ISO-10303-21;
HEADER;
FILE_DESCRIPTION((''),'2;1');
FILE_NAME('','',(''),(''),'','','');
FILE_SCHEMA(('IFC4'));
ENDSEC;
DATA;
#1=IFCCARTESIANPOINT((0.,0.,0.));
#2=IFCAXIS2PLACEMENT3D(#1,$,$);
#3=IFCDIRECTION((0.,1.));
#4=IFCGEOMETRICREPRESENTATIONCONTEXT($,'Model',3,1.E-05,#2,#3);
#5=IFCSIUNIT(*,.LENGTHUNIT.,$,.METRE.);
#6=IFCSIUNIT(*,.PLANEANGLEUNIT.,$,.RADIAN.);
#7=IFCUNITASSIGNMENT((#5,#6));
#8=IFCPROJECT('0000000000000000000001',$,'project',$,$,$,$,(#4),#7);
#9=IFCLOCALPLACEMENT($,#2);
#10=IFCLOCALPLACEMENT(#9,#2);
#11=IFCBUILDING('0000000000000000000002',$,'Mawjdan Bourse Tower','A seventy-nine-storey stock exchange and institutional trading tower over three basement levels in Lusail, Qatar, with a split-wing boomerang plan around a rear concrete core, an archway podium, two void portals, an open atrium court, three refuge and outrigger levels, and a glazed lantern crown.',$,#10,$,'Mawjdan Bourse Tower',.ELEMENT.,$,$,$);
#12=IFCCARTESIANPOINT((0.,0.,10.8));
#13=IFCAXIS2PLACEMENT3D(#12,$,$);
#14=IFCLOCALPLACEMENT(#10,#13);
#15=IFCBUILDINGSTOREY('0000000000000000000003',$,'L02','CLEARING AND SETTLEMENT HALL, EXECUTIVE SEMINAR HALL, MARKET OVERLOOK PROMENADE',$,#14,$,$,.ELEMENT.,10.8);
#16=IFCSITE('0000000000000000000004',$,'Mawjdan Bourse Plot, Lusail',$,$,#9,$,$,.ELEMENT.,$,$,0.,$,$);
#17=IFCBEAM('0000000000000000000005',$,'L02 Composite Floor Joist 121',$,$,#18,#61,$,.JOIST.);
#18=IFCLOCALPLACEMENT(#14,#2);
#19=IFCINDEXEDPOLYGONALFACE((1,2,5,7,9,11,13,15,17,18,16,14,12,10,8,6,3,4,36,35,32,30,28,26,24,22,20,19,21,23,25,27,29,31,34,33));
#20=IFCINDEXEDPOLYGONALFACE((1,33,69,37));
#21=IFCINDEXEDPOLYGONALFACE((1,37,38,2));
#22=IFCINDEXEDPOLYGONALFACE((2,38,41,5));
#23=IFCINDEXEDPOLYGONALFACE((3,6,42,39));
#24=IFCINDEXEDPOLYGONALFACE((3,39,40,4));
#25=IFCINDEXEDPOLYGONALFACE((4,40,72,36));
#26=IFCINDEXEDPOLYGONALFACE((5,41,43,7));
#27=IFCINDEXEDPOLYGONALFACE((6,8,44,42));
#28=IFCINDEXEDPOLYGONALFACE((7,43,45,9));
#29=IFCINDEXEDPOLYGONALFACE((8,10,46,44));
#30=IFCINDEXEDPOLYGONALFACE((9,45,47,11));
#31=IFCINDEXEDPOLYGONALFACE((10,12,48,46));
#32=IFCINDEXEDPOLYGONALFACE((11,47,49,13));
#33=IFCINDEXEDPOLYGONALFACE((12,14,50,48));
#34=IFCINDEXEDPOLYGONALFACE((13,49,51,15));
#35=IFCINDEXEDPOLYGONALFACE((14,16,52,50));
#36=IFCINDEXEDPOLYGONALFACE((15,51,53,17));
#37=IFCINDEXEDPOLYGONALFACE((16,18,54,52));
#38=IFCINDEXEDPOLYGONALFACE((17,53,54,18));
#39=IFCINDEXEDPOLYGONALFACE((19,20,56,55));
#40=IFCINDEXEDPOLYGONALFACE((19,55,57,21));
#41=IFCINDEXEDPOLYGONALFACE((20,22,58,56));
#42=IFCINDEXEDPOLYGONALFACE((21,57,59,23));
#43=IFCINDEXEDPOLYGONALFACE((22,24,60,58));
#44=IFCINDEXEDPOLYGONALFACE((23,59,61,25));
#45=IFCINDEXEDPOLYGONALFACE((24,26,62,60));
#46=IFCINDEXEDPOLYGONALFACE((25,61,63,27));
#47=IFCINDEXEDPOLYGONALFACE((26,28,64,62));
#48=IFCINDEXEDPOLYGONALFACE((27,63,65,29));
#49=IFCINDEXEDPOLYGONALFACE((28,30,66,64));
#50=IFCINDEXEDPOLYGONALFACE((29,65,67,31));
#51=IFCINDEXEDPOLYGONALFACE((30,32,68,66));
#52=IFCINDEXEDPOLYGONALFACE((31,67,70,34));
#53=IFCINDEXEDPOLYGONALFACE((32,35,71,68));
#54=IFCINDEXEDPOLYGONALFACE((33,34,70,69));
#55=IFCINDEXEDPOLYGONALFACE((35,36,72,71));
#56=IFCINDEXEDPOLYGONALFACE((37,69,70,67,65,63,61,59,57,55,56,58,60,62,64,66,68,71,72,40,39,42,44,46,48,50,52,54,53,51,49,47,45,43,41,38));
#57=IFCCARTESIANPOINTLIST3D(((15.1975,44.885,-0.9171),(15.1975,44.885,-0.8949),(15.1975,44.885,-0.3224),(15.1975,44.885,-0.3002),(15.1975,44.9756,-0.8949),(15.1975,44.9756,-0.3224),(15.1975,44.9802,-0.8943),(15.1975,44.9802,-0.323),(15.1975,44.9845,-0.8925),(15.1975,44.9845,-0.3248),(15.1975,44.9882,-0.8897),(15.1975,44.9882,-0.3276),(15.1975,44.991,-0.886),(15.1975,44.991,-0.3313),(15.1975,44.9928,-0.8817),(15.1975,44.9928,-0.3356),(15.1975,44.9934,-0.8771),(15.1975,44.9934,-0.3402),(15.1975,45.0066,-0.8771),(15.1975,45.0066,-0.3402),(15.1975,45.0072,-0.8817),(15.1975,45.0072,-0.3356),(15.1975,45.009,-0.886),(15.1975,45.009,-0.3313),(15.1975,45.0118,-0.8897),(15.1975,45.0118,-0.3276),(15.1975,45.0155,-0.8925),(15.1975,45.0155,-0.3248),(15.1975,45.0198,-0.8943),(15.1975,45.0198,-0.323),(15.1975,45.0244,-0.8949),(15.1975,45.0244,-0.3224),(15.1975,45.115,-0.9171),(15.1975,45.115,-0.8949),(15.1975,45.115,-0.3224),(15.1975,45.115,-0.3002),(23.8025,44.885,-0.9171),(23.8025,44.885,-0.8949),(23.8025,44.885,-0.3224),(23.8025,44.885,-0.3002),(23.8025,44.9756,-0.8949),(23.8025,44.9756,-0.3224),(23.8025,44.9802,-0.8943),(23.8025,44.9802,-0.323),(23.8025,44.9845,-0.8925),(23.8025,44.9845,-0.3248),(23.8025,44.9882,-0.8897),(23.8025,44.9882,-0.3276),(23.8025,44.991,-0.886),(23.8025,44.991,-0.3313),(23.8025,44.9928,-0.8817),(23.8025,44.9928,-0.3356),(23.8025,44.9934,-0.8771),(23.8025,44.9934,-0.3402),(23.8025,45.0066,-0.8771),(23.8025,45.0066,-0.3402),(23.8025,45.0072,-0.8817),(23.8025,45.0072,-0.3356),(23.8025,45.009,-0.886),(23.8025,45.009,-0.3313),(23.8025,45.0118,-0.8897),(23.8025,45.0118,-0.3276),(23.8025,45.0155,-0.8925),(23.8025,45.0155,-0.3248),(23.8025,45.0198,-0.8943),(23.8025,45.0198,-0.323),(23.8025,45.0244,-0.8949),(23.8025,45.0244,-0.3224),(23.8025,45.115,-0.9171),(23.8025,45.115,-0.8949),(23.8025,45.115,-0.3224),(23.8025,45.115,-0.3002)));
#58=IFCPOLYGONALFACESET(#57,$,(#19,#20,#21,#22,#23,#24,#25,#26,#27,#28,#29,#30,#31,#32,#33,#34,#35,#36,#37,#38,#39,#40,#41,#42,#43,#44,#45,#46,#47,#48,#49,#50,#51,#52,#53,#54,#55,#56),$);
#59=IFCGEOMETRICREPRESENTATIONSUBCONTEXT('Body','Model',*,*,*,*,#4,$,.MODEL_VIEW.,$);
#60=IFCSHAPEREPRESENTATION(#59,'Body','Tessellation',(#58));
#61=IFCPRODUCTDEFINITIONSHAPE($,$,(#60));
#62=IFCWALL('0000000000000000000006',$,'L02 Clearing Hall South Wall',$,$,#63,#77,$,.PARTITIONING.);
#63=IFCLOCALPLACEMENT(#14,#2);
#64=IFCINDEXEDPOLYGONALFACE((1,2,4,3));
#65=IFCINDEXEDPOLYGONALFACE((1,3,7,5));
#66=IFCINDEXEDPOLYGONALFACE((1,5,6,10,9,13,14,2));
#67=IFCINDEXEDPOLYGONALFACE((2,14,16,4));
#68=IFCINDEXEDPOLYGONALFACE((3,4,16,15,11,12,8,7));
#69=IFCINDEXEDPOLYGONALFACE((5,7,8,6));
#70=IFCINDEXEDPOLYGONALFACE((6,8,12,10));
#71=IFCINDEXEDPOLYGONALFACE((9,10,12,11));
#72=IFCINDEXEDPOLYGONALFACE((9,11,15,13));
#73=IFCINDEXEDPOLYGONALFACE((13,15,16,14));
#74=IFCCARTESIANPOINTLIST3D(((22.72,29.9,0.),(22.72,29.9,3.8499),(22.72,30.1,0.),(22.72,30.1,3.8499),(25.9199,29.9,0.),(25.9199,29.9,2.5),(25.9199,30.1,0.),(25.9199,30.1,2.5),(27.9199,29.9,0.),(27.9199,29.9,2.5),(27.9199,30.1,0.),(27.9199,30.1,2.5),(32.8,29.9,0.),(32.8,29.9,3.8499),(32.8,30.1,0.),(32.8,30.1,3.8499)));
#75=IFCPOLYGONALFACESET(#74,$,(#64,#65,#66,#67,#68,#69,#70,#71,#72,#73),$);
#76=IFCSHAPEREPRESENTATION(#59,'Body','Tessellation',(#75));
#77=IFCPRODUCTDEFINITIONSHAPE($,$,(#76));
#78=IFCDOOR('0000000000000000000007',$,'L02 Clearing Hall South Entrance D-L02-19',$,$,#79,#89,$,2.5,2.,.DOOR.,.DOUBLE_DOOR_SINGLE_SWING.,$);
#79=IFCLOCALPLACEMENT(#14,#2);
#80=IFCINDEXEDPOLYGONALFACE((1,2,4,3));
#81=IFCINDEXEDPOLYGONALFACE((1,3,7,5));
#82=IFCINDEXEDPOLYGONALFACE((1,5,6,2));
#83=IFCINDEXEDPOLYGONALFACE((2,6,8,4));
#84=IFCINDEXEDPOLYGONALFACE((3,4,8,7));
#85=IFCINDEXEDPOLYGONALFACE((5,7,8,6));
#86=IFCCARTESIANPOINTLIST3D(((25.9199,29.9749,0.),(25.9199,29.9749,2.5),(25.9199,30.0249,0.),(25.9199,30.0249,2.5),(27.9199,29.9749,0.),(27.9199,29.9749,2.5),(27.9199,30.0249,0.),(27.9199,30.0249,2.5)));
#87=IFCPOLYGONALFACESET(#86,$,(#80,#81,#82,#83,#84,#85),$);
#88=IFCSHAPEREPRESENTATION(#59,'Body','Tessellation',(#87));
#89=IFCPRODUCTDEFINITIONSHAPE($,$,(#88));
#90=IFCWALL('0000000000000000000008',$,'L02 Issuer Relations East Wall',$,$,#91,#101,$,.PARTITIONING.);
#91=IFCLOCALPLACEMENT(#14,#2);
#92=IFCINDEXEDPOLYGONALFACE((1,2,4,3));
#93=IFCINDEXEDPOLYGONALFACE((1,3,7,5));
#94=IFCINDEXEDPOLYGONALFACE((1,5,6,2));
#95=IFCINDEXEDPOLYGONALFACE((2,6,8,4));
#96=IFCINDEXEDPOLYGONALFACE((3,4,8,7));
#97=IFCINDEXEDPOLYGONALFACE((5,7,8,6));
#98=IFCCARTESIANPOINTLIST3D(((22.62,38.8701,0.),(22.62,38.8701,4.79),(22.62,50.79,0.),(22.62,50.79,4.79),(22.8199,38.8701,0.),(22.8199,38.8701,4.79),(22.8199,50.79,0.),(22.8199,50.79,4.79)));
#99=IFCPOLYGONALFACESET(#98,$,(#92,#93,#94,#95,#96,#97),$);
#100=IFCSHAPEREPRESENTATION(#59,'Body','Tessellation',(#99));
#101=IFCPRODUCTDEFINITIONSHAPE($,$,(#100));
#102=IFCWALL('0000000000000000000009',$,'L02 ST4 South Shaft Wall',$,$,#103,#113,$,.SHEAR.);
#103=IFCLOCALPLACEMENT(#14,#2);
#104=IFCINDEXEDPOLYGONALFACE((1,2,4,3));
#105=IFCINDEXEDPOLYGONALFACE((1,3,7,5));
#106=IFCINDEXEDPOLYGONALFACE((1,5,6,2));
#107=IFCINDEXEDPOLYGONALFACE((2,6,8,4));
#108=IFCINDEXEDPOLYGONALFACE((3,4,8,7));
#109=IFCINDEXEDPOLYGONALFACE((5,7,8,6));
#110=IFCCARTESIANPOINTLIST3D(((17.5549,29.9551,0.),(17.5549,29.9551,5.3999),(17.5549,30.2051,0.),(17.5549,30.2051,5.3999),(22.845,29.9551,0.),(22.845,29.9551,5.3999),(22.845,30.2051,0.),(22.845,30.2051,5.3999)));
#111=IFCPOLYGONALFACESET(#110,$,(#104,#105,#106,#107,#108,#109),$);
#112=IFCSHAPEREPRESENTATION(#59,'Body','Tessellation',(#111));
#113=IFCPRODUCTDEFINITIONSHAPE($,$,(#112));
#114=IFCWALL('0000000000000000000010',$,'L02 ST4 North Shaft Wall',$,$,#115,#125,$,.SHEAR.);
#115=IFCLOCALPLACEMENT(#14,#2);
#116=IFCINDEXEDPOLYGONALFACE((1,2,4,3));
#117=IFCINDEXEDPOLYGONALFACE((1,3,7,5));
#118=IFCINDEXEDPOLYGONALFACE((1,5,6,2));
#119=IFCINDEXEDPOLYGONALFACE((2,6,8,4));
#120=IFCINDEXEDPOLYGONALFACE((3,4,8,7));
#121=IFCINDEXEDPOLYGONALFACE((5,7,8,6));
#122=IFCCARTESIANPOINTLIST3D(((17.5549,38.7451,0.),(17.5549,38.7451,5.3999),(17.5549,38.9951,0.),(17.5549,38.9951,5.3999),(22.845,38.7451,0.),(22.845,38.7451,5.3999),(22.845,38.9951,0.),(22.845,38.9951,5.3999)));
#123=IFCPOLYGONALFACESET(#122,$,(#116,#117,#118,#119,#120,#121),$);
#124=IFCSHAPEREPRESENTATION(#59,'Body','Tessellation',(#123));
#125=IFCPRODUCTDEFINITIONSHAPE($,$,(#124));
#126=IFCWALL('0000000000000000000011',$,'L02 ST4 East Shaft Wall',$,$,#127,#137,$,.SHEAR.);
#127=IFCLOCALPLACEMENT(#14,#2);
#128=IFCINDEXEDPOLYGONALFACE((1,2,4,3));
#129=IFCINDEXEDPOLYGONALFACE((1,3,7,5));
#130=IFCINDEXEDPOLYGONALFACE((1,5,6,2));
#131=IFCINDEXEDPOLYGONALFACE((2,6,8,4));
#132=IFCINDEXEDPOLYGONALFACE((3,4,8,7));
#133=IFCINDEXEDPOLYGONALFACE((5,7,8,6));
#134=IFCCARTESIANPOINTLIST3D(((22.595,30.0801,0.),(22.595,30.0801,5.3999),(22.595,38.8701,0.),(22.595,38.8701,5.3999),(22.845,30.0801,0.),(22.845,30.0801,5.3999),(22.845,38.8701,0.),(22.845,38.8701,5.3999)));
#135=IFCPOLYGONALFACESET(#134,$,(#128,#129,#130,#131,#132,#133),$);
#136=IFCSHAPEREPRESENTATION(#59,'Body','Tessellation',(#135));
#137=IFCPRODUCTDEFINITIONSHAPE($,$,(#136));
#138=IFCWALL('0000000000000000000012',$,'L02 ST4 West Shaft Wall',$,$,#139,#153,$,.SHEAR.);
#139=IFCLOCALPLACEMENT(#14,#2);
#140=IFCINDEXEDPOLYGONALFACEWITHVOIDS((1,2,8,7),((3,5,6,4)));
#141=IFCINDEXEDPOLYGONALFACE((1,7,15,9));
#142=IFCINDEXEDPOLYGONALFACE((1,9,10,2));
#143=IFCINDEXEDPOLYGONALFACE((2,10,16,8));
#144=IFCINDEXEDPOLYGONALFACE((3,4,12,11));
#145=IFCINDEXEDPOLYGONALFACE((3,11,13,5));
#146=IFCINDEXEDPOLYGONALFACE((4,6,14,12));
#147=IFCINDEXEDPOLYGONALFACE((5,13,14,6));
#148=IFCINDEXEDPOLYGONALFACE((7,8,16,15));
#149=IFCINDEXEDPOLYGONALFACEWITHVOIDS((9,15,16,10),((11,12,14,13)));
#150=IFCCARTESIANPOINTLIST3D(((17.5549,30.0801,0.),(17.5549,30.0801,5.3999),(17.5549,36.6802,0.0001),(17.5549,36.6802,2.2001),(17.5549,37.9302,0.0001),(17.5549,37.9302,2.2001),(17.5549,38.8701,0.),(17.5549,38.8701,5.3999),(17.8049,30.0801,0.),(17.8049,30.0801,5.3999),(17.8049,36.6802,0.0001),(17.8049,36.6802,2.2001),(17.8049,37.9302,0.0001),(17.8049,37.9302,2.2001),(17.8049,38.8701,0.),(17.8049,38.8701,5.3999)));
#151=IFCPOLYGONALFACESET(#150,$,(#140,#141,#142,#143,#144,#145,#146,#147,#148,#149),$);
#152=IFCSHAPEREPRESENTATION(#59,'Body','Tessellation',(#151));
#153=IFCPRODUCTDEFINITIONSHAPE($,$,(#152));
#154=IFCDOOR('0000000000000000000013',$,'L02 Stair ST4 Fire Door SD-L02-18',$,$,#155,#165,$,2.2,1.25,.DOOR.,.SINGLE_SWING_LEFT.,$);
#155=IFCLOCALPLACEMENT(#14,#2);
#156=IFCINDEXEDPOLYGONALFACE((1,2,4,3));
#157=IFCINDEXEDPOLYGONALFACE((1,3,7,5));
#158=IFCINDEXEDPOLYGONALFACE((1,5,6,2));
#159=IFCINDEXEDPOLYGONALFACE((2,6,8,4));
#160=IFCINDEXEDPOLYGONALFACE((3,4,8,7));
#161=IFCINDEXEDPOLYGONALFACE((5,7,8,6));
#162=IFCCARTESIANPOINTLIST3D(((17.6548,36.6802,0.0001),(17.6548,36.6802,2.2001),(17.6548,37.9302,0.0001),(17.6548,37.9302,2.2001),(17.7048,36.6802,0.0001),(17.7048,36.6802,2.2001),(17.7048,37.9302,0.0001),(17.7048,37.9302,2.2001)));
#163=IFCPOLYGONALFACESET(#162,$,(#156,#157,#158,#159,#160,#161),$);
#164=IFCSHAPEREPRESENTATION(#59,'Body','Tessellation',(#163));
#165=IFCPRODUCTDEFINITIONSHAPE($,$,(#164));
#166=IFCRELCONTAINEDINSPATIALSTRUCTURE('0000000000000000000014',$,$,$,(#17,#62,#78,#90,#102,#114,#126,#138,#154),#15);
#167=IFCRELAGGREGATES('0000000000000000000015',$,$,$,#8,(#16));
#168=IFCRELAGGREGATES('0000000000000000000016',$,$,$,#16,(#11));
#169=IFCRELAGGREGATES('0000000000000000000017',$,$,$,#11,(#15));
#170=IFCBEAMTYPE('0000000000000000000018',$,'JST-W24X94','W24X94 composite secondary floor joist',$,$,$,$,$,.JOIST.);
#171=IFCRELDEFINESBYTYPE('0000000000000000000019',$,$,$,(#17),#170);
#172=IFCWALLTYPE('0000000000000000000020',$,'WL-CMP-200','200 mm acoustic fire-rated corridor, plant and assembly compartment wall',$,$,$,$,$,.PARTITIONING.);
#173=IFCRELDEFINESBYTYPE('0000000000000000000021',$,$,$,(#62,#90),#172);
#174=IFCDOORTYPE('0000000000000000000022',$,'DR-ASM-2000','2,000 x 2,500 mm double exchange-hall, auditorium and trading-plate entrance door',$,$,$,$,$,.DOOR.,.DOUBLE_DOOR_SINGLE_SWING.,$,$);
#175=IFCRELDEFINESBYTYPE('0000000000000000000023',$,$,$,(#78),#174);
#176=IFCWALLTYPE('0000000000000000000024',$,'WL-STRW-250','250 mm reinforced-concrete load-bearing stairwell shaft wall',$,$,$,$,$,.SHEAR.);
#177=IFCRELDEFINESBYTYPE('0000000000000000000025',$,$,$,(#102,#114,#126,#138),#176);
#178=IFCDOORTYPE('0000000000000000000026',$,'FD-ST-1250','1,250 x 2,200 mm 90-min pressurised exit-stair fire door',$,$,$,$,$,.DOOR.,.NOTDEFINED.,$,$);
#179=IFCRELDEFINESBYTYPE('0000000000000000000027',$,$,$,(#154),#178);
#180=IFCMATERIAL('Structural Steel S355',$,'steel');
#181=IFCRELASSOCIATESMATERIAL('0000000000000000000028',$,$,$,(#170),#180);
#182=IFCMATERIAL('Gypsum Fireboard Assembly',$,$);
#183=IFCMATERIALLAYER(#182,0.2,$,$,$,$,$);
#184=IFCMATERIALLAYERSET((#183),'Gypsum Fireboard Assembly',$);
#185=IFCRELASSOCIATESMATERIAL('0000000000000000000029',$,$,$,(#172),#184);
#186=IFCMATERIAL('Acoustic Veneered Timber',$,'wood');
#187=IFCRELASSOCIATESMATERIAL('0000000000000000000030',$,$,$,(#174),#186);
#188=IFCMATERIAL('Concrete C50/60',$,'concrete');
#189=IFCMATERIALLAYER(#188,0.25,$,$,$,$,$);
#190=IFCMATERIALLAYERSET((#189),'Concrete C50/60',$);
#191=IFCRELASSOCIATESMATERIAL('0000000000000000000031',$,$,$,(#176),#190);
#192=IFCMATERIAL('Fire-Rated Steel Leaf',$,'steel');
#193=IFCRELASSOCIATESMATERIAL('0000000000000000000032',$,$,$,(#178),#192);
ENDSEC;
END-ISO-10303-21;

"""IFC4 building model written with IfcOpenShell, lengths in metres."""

from ifc_helpers import new_model, si_unit, direction, frame, frame_2d, origin, origin_2d, place, context, subcontext, project, spatial, rectangle, i_section, extrude, material, layer, layer_set, material_profile, profile_set, type_object, element, fill, save


model = new_model("IFC4")

# Units and contexts
model_context = context("Model", 3, precision=1e-05, world=origin(), true_north=direction((0.0, 1.0)))
body_context = subcontext(model_context, "Body", "Model", "MODEL_VIEW")
ifc_project = project(units=[si_unit("LENGTHUNIT", "METRE"), si_unit("PLANEANGLEUNIT", "RADIAN")], contexts=[model_context])

# Site, building, storey
site_placement = place(None, origin())
site = spatial("IfcSite", under=ifc_project, at=site_placement, Name="Mawjdan Bourse Plot, Lusail", CompositionType="ELEMENT", RefElevation=0.0)
building_placement = place(site_placement, origin())
building = spatial("IfcBuilding", under=site, at=building_placement, Name="Mawjdan Bourse Tower", Description="A seventy-nine-storey stock exchange and institutional trading tower over three basement levels in Lusail, Qatar, with a split-wing boomerang plan around a rear concrete core, an archway podium, two void portals, an open atrium court, three refuge and outrigger levels, and a glazed lantern crown.", LongName="Mawjdan Bourse Tower", CompositionType="ELEMENT")
storey_placement = place(building_placement, frame((0.0, 0.0, 10.8)))
storey = spatial("IfcBuildingStorey", under=building, at=storey_placement, Name="L02", Description="CLEARING AND SETTLEMENT HALL, EXECUTIVE SEMINAR HALL, MARKET OVERLOOK PROMENADE", CompositionType="ELEMENT", Elevation=10.8)

# Beam
ifc_material_1 = material(Name="Structural Steel S355", Category="steel")
ifc_material_profile_1 = material_profile(ifc_material_1, i_section(OverallWidth=0.23, OverallDepth=0.6169, WebThickness=0.0132, FlangeThickness=0.0222, FilletRadius=0.0178, at=origin_2d()), Name="W24X94")
ifc_profile_set_1 = profile_set([ifc_material_profile_1], Name="Structural Steel S355")
beam_type_1 = type_object("IfcBeamType", Name="JST-W24X94", Description="W24X94 composite secondary floor joist", PredefinedType="JOIST", material=ifc_profile_set_1)
for number, where, z_axis, x_axis, name in (
    (1, (15.1975, 45.0, -0.6086), (1.0, 0.0, 0.0), (0.0, 1.0, 0.0), "L02 Composite Floor Joist 121"),
):
    element("IfcBeam", number, at=place(storey_placement, frame(where, z_axis=z_axis, x_axis=x_axis)), inside=storey, type_object=beam_type_1, Name=name, PredefinedType="JOIST", context=body_context, shape_type="SweptSolid", body=[
        extrude(i_section(OverallWidth=0.23, OverallDepth=0.6169, WebThickness=0.0132, FlangeThickness=0.0222, FilletRadius=0.0178, at=origin_2d()), origin(), (0.0, 0.0, 1.0), 8.605),
    ])

# Wall, opening, door
ifc_material_2 = material(Name="Gypsum Fireboard Assembly")
ifc_layer_1 = layer(ifc_material_2, 0.2)
ifc_layer_set_1 = layer_set([ifc_layer_1], Name="Gypsum Fireboard Assembly")
wall_type_1 = type_object("IfcWallType", Name="WL-CMP-200", Description="200 mm acoustic fire-rated corridor, plant and assembly compartment wall", PredefinedType="PARTITIONING", material=ifc_layer_set_1)
wall_1_placement = place(storey_placement, frame((22.72, 30.0, 0.0), z_axis=(0.0, 0.0, 1.0), x_axis=(1.0, 0.0, 0.0)))
wall_1 = element("IfcWall", 2, at=wall_1_placement, inside=storey, type_object=wall_type_1, Name="L02 Clearing Hall South Wall", PredefinedType="PARTITIONING", context=body_context, shape_type="SweptSolid", body=[
    extrude(rectangle(XDim=10.0801, YDim=0.2, at=frame_2d((5.04, 0.0))), origin(), (0.0, 0.0, 1.0), 3.8499),
])
opening_1_placement = place(wall_1_placement, frame((3.2, 0.0, 0.0)))
opening_1 = element("IfcOpeningElement", 3, at=opening_1_placement, cuts=wall_1, PredefinedType="OPENING", context=body_context, shape_type="SweptSolid", body=[
    extrude(rectangle(XDim=2.0, YDim=2.5, at=frame_2d((1.0, 1.25))), frame((0.0, 0.1099, 0.0), z_axis=(0.0, -1.0, 0.0), x_axis=(1.0, 0.0, 0.0)), (0.0, 0.0, 1.0), 0.22),
])
ifc_material_3 = material(Name="Acoustic Veneered Timber", Category="wood")
door_type_1 = type_object("IfcDoorType", Name="DR-ASM-2000", Description="2,000 x 2,500 mm double exchange-hall, auditorium and trading-plate entrance door", OperationType="DOUBLE_DOOR_SINGLE_SWING", PredefinedType="DOOR", material=ifc_material_3)
door_1_placement = place(opening_1_placement, origin())
door_1 = element("IfcDoor", 4, at=door_1_placement, inside=storey, type_object=door_type_1, Name="L02 Clearing Hall South Entrance D-L02-19", OperationType="DOUBLE_DOOR_SINGLE_SWING", OverallHeight=2.5, OverallWidth=2.0, PredefinedType="DOOR", context=body_context, shape_type="SweptSolid", body=[
    extrude(rectangle(XDim=2.0, YDim=2.5, at=frame_2d((1.0, 1.25))), frame((0.0, 0.0249, 0.0), z_axis=(0.0, -1.0, 0.0), x_axis=(1.0, 0.0, 0.0)), (0.0, 0.0, 1.0), 0.05),
])
fill(opening_1, door_1)

# Walls
wall_2_placement = place(storey_placement, frame((22.72, 38.8701, 0.0), z_axis=(0.0, 0.0, 1.0), x_axis=(0.0, 1.0, 0.0)))
element("IfcWall", 5, at=wall_2_placement, inside=storey, type_object=wall_type_1, Name="L02 Issuer Relations East Wall", PredefinedType="PARTITIONING", context=body_context, shape_type="SweptSolid", body=[
    extrude(rectangle(XDim=11.9199, YDim=0.2, at=frame_2d((5.96, 0.0))), origin(), (0.0, 0.0, 1.0), 4.79),
])
ifc_material_4 = material(Name="Concrete C50/60", Category="concrete")
ifc_layer_2 = layer(ifc_material_4, 0.25)
ifc_layer_set_2 = layer_set([ifc_layer_2], Name="Concrete C50/60")
wall_type_2 = type_object("IfcWallType", Name="WL-STRW-250", Description="250 mm reinforced-concrete load-bearing stairwell shaft wall", PredefinedType="SHEAR", material=ifc_layer_set_2)
for number, where, z_axis, x_axis, name in (
    (6, (17.5549, 30.0801, 0.0), (0.0, 0.0, 1.0), (1.0, 0.0, 0.0), "L02 ST4 South Shaft Wall"),
    (7, (17.5549, 38.8701, 0.0), (0.0, 0.0, 1.0), (1.0, 0.0, 0.0), "L02 ST4 North Shaft Wall"),
):
    element("IfcWall", number, at=place(storey_placement, frame(where, z_axis=z_axis, x_axis=x_axis)), inside=storey, type_object=wall_type_2, Name=name, PredefinedType="SHEAR", context=body_context, shape_type="SweptSolid", body=[
        extrude(rectangle(XDim=5.29, YDim=0.25, at=frame_2d((2.645, 0.0))), origin(), (0.0, 0.0, 1.0), 5.3999),
    ])
wall_3_placement = place(storey_placement, frame((22.72, 30.0801, 0.0), z_axis=(0.0, 0.0, 1.0), x_axis=(0.0, 1.0, 0.0)))
element("IfcWall", 8, at=wall_3_placement, inside=storey, type_object=wall_type_2, Name="L02 ST4 East Shaft Wall", PredefinedType="SHEAR", context=body_context, shape_type="SweptSolid", body=[
    extrude(rectangle(XDim=8.79, YDim=0.25, at=frame_2d((4.395, 0.0))), origin(), (0.0, 0.0, 1.0), 5.3999),
])

# Wall, opening, door
wall_4_placement = place(storey_placement, frame((17.6799, 30.0801, 0.0), z_axis=(0.0, 0.0, 1.0), x_axis=(0.0, 1.0, 0.0)))
wall_4 = element("IfcWall", 9, at=wall_4_placement, inside=storey, type_object=wall_type_2, Name="L02 ST4 West Shaft Wall", PredefinedType="SHEAR", context=body_context, shape_type="SweptSolid", body=[
    extrude(rectangle(XDim=8.79, YDim=0.25, at=frame_2d((4.395, 0.0))), origin(), (0.0, 0.0, 1.0), 5.3999),
])
opening_2_placement = place(wall_4_placement, frame((6.6001, 0.0, 0.0)))
opening_2 = element("IfcOpeningElement", 10, at=opening_2_placement, cuts=wall_4, PredefinedType="OPENING", context=body_context, shape_type="SweptSolid", body=[
    extrude(rectangle(XDim=1.25, YDim=2.2, at=frame_2d((0.625, 1.1001))), frame((0.0, 0.135, 0.0), z_axis=(0.0, -1.0, 0.0), x_axis=(1.0, 0.0, 0.0)), (0.0, 0.0, 1.0), 0.27),
])
ifc_material_5 = material(Name="Fire-Rated Steel Leaf", Category="steel")
door_type_2 = type_object("IfcDoorType", Name="FD-ST-1250", Description="1,250 x 2,200 mm 90-min pressurised exit-stair fire door", OperationType="NOTDEFINED", PredefinedType="DOOR", material=ifc_material_5)
door_2_placement = place(opening_2_placement, frame((1.25, 0.0, 0.0), z_axis=(0.0, 0.0, 1.0), x_axis=(-1.0, 0.0, 0.0)))
door_2 = element("IfcDoor", 11, at=door_2_placement, inside=storey, type_object=door_type_2, Name="L02 Stair ST4 Fire Door SD-L02-18", OperationType="SINGLE_SWING_LEFT", OverallHeight=2.2, OverallWidth=1.25, PredefinedType="DOOR", context=body_context, shape_type="SweptSolid", body=[
    extrude(rectangle(XDim=1.25, YDim=2.2, at=frame_2d((0.625, 1.1001))), frame((0.0, 0.0249, 0.0), z_axis=(0.0, -1.0, 0.0), x_axis=(1.0, 0.0, 0.0)), (0.0, 0.0, 1.0), 0.05),
])
fill(opening_2, door_2)

save(model, "model.ifc")
